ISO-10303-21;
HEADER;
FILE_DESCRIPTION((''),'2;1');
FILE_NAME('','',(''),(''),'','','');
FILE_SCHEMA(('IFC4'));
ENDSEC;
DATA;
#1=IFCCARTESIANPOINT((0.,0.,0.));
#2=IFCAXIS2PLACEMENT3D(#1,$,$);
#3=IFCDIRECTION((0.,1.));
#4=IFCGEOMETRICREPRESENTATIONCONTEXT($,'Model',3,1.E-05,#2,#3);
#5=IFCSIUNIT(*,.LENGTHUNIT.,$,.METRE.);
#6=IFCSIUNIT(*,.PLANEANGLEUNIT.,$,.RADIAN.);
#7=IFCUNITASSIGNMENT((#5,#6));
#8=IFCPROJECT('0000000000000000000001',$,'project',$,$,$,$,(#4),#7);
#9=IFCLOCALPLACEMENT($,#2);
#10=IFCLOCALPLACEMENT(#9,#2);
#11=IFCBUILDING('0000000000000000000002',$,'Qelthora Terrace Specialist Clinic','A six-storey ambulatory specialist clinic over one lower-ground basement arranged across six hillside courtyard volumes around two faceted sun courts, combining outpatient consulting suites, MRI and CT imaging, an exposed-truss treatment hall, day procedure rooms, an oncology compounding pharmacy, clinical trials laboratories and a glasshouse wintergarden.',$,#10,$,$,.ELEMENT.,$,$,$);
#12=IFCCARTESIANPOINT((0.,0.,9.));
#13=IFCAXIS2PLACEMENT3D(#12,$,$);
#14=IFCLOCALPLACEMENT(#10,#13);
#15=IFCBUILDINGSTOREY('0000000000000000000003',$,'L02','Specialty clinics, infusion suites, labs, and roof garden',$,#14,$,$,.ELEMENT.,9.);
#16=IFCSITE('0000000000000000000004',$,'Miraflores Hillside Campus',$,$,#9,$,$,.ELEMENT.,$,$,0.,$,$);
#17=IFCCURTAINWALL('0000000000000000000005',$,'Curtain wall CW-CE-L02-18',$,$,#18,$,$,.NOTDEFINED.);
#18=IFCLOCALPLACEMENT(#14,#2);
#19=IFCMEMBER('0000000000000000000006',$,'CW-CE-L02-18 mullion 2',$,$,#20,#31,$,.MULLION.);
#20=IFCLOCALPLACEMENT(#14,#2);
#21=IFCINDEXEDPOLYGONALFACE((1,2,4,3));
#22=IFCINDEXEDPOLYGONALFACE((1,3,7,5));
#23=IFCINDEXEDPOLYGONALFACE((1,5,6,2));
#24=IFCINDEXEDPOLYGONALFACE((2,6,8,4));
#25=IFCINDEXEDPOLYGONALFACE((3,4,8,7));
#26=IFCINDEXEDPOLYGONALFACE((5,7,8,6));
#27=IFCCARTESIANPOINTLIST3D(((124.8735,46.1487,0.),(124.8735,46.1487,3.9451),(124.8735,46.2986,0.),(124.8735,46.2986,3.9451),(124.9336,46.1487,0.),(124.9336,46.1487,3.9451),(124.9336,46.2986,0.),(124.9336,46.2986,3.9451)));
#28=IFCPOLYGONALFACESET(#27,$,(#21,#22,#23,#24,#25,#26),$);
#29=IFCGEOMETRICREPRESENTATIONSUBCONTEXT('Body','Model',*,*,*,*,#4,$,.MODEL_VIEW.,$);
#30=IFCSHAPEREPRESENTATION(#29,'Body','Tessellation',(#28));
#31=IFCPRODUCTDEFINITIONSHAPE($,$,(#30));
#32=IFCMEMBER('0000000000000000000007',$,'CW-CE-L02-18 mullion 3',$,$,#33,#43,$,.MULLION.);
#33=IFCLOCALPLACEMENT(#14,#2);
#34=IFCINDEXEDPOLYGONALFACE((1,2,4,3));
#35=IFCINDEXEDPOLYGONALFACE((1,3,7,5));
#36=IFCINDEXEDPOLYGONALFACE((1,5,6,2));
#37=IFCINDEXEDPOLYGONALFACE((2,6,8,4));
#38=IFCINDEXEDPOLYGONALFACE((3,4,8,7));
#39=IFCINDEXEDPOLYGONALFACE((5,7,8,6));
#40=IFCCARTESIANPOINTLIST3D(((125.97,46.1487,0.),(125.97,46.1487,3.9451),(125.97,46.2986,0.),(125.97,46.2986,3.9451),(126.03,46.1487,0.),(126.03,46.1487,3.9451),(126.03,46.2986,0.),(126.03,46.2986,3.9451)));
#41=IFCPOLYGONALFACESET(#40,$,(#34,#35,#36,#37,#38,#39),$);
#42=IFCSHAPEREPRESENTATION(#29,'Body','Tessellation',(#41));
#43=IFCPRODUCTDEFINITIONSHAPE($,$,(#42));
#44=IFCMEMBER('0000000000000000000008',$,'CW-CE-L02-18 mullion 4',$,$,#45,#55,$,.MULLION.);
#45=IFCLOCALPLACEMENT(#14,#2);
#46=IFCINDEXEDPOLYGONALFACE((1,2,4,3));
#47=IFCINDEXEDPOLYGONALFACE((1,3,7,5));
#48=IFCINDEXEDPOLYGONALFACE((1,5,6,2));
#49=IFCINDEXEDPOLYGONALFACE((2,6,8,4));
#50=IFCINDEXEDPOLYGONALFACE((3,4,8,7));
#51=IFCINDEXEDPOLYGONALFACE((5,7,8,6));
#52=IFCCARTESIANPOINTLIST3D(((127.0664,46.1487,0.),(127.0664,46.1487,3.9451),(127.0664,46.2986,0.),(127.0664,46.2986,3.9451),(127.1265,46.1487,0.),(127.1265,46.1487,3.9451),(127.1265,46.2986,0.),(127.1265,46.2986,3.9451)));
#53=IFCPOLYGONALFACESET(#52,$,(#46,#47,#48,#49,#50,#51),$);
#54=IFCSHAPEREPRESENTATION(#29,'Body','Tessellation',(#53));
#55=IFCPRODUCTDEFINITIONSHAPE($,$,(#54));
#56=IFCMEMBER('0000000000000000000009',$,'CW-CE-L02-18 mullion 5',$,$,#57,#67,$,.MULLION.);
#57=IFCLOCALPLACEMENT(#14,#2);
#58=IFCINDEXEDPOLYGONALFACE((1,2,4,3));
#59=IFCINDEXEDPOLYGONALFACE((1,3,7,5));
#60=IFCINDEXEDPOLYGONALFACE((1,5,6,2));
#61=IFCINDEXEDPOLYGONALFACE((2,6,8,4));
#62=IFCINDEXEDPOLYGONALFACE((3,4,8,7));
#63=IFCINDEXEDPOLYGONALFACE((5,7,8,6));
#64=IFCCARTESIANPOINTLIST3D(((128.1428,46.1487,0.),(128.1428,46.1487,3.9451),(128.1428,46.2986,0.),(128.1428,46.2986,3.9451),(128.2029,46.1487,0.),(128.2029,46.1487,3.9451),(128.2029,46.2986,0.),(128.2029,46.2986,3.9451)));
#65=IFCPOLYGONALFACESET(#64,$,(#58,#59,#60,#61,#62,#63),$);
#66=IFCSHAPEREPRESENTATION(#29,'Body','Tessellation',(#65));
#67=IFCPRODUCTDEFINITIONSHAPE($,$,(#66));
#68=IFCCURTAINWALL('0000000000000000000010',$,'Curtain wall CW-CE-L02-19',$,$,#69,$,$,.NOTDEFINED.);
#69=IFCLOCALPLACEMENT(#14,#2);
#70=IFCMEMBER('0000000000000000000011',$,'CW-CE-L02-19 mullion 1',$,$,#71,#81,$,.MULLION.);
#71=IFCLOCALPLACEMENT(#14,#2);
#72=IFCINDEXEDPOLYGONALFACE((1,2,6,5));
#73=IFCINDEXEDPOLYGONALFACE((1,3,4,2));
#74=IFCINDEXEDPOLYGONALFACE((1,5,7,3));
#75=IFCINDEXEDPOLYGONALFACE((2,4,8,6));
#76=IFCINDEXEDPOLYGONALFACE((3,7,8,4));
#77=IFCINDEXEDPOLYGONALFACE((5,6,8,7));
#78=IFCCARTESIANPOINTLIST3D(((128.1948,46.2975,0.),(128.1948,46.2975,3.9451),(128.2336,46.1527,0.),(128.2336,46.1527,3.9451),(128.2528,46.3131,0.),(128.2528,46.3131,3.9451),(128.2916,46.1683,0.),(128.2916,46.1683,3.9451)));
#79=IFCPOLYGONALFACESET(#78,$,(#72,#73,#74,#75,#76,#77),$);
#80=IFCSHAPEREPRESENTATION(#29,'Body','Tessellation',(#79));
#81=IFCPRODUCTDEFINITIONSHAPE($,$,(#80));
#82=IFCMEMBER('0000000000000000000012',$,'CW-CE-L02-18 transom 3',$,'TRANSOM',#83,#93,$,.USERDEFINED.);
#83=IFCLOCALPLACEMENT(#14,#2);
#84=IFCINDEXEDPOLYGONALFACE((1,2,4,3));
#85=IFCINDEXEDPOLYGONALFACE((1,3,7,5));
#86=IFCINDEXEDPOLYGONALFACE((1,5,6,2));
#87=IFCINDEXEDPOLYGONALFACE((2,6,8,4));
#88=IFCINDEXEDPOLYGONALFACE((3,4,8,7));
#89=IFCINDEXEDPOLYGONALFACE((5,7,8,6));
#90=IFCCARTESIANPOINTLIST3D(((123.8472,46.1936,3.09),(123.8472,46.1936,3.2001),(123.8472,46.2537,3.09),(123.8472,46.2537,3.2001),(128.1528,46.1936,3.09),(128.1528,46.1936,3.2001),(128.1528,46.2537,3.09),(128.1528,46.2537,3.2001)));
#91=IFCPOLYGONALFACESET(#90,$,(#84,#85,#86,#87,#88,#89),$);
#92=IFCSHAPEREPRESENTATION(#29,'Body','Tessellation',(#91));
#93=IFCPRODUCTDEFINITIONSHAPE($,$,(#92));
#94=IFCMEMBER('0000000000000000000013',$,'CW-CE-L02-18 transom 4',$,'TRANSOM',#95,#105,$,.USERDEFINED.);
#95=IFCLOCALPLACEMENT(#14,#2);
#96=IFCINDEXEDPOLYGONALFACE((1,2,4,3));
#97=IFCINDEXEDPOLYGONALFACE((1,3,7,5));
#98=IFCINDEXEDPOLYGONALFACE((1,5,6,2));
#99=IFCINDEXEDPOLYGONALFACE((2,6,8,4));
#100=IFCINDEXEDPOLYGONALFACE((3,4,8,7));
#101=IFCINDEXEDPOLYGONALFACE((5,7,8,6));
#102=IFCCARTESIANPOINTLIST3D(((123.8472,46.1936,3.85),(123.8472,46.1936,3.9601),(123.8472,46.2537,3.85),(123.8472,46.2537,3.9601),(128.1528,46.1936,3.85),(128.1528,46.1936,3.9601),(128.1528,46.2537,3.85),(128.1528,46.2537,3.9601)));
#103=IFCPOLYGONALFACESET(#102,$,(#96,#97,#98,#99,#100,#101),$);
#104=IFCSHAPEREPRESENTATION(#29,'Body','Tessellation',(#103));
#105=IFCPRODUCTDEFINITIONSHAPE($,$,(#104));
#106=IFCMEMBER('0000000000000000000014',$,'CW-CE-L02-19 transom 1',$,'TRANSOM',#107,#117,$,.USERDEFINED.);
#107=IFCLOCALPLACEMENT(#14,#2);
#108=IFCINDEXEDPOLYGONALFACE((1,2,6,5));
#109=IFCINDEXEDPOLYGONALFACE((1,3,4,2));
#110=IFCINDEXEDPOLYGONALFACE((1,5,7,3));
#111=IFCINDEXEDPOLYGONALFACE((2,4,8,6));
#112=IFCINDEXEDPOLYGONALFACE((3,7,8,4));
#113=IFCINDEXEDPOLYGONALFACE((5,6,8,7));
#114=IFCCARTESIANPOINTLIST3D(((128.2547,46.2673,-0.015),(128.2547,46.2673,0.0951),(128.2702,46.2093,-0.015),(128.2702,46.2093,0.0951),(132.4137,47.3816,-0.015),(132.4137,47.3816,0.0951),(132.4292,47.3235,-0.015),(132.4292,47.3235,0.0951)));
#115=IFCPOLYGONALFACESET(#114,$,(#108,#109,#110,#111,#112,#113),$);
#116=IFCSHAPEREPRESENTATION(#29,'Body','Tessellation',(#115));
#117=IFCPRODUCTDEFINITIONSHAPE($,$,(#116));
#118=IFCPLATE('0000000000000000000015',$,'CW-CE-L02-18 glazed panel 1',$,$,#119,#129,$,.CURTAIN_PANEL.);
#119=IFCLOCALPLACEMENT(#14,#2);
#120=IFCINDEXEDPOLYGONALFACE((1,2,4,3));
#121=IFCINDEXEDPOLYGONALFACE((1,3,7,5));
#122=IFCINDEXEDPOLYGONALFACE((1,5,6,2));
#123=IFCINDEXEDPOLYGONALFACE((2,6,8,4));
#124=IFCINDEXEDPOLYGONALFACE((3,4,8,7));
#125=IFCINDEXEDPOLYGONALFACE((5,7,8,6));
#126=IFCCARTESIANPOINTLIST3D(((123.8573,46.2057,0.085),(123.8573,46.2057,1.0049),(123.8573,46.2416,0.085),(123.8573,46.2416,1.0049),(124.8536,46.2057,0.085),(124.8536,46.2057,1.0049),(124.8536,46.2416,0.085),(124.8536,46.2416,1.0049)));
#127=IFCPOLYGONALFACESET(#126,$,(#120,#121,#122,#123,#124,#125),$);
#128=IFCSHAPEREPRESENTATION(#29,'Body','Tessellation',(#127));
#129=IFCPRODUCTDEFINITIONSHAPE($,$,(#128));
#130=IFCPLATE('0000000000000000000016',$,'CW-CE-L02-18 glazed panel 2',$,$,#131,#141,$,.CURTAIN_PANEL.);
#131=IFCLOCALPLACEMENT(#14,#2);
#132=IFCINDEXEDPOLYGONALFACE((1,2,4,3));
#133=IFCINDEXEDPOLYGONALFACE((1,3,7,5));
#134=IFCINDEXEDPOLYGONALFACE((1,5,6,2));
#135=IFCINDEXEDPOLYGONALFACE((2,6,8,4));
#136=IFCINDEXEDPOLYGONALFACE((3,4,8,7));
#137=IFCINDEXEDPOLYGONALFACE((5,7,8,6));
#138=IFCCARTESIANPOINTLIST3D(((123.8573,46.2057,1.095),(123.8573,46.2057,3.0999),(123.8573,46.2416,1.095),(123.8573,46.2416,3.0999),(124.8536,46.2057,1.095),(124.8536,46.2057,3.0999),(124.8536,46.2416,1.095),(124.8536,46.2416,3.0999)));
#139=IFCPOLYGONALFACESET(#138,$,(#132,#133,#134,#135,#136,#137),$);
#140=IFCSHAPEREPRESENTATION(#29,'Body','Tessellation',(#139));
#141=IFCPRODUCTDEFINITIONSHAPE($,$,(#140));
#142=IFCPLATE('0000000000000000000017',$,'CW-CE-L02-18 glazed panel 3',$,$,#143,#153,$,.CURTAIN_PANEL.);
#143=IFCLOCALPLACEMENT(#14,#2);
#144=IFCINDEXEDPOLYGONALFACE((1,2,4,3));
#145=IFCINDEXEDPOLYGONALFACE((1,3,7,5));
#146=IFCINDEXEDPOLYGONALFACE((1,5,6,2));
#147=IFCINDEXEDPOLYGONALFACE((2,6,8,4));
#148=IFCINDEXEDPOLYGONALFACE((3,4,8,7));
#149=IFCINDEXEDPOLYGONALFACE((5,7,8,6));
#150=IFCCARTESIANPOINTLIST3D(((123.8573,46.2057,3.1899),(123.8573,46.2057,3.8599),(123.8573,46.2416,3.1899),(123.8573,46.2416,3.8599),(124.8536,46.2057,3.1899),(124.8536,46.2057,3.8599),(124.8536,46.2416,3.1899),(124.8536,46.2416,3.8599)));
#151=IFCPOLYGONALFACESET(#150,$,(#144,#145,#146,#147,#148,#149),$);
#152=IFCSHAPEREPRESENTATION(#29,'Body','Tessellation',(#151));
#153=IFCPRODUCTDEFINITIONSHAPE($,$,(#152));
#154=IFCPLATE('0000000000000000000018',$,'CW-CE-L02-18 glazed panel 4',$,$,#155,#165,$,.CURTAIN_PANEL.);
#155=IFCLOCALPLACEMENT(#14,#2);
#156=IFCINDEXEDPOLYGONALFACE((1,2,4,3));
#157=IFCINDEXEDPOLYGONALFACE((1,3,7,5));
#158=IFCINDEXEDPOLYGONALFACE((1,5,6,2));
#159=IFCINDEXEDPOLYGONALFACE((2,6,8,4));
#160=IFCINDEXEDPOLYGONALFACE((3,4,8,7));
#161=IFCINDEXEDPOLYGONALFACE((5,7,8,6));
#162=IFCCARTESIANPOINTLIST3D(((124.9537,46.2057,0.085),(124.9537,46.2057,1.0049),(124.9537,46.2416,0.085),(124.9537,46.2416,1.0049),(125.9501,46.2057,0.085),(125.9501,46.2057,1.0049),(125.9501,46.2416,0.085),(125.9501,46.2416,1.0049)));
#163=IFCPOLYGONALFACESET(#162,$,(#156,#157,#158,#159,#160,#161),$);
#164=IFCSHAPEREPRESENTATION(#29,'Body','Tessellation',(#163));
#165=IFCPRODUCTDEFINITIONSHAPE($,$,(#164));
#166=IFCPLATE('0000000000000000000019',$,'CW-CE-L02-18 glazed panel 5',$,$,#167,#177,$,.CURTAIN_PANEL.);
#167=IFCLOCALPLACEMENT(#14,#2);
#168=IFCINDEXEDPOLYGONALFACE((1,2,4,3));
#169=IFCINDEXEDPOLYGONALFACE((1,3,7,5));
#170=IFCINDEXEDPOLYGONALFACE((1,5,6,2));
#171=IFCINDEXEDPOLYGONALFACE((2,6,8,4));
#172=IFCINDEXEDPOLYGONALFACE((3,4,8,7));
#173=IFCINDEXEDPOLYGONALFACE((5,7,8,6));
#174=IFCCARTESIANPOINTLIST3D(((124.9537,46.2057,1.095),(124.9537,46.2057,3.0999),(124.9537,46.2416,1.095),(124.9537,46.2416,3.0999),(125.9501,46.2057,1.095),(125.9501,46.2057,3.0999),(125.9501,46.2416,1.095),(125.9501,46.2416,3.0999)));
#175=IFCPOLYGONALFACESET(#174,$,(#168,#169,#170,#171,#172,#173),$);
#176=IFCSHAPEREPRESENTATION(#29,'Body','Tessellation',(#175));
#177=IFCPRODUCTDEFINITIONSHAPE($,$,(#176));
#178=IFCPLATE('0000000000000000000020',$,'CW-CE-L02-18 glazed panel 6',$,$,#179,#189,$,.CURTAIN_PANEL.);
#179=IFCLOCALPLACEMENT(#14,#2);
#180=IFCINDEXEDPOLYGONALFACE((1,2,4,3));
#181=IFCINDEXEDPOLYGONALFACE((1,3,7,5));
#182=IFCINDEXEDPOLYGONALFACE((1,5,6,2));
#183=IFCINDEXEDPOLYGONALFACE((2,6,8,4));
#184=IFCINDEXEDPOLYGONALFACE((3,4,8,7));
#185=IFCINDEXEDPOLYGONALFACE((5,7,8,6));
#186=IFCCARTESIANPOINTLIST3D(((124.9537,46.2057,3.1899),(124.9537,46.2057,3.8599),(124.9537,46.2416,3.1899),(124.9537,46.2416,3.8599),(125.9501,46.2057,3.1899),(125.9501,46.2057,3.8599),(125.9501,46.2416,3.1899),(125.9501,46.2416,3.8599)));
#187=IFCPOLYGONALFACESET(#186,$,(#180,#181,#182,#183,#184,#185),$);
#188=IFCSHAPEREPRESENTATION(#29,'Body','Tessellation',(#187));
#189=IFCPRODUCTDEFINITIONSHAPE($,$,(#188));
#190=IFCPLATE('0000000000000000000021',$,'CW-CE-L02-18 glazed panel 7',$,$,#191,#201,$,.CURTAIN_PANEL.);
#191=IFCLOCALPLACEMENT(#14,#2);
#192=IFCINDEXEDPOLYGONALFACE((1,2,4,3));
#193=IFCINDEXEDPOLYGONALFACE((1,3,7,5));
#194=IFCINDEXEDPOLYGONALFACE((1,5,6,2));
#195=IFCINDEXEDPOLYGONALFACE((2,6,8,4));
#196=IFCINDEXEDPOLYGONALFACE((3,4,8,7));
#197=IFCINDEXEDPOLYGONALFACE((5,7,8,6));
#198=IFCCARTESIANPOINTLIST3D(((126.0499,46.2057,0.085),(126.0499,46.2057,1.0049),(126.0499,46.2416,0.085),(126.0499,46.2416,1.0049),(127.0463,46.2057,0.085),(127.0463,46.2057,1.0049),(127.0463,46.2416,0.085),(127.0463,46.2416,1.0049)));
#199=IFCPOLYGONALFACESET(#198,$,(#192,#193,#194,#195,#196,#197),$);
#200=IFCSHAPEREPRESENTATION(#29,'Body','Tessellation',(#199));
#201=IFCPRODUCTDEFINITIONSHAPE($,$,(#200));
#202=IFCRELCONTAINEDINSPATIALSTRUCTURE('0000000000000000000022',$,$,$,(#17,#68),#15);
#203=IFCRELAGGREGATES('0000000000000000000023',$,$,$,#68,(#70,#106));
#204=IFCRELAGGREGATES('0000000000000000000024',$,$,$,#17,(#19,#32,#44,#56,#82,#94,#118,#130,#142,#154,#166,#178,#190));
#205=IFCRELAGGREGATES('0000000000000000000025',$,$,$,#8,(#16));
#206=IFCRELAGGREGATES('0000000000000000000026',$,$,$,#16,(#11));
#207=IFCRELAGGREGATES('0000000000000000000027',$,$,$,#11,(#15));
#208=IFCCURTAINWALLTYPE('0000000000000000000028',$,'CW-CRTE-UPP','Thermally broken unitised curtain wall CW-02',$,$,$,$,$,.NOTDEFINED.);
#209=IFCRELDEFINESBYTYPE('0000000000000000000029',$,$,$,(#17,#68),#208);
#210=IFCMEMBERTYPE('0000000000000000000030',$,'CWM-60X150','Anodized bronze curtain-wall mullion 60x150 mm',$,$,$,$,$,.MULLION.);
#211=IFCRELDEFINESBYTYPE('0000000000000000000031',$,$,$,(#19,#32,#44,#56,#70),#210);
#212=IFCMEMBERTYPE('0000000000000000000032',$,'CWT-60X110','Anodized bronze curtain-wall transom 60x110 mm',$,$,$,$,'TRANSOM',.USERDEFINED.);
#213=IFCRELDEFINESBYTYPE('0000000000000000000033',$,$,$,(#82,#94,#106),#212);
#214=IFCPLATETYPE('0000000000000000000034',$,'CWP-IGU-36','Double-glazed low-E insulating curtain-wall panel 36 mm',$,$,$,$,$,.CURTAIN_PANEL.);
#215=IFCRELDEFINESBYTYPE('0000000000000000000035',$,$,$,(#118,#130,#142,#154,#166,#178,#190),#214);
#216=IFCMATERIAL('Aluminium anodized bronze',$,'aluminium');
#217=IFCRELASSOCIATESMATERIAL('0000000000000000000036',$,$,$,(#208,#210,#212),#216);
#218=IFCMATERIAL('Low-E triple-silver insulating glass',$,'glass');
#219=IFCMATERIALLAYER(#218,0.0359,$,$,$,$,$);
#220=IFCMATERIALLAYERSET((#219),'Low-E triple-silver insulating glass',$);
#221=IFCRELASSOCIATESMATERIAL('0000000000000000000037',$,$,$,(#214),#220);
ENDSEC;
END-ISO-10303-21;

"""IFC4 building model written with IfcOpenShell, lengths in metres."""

from ifc_helpers import new_model, si_unit, direction, frame, origin, origin_2d, place, context, subcontext, project, spatial, rectangle, extrude, material, layer, layer_set, material_profile, profile_set, type_object, element, aggregate, save


model = new_model("IFC4")

# Units and contexts
model_context = context("Model", 3, precision=1e-05, world=origin(), true_north=direction((0.0, 1.0)))
body_context = subcontext(model_context, "Body", "Model", "MODEL_VIEW")
ifc_project = project(units=[si_unit("LENGTHUNIT", "METRE"), si_unit("PLANEANGLEUNIT", "RADIAN")], contexts=[model_context])

# Site, building, storey
site_placement = place(None, origin())
site = spatial("IfcSite", under=ifc_project, at=site_placement, Name="Miraflores Hillside Campus", CompositionType="ELEMENT", RefElevation=0.0)
building_placement = place(site_placement, origin())
building = spatial("IfcBuilding", under=site, at=building_placement, Name="Qelthora Terrace Specialist Clinic", Description="A six-storey ambulatory specialist clinic over one lower-ground basement arranged across six hillside courtyard volumes around two faceted sun courts, combining outpatient consulting suites, MRI and CT imaging, an exposed-truss treatment hall, day procedure rooms, an oncology compounding pharmacy, clinical trials laboratories and a glasshouse wintergarden.", CompositionType="ELEMENT")
storey_placement = place(building_placement, frame((0.0, 0.0, 9.0)))
storey = spatial("IfcBuildingStorey", under=building, at=storey_placement, Name="L02", Description="Specialty clinics, infusion suites, labs, and roof garden", CompositionType="ELEMENT", Elevation=9.0)

# Curtain wall, members
ifc_material_1 = material(Name="Aluminium anodized bronze", Category="aluminium")
curtain_wall_type = type_object("IfcCurtainWallType", Name="CW-CRTE-UPP", Description="Thermally broken unitised curtain wall CW-02", PredefinedType="NOTDEFINED", material=ifc_material_1)
curtain_wall_1_placement = place(storey_placement, origin())
curtain_wall_1 = element("IfcCurtainWall", 1, at=curtain_wall_1_placement, inside=storey, type_object=curtain_wall_type, Name="Curtain wall CW-CE-L02-18", PredefinedType="NOTDEFINED")
ifc_material_profile_1 = material_profile(ifc_material_1, rectangle(XDim=0.0601, YDim=0.1499, at=origin_2d()), Name="CWM60X150")
ifc_profile_set_1 = profile_set([ifc_material_profile_1], Name="Aluminium anodized bronze")
member_type_1 = type_object("IfcMemberType", Name="CWM-60X150", Description="Anodized bronze curtain-wall mullion 60x150 mm", PredefinedType="MULLION", material=ifc_profile_set_1)
member_1_placement = place(storey_placement, frame((124.9036, 46.2236, 0.0), z_axis=(0.0, 0.0, 1.0), x_axis=(1.0, 0.0, 0.0)))
member_1 = element("IfcMember", 2, at=member_1_placement, type_object=member_type_1, Name="CW-CE-L02-18 mullion 2", PredefinedType="MULLION", context=body_context, shape_type="SweptSolid", body=[
    extrude(rectangle(XDim=0.0601, YDim=0.1499, at=origin_2d()), origin(), (0.0, 0.0, 1.0), 3.9451),
])
member_2_placement = place(storey_placement, frame((126.0, 46.2236, 0.0), z_axis=(0.0, 0.0, 1.0), x_axis=(1.0, 0.0, 0.0)))
member_2 = element("IfcMember", 3, at=member_2_placement, type_object=member_type_1, Name="CW-CE-L02-18 mullion 3", PredefinedType="MULLION", context=body_context, shape_type="SweptSolid", body=[
    extrude(rectangle(XDim=0.0601, YDim=0.1499, at=origin_2d()), origin(), (0.0, 0.0, 1.0), 3.9451),
])
member_3_placement = place(storey_placement, frame((127.0964, 46.2236, 0.0), z_axis=(0.0, 0.0, 1.0), x_axis=(1.0, 0.0, 0.0)))
member_3 = element("IfcMember", 4, at=member_3_placement, type_object=member_type_1, Name="CW-CE-L02-18 mullion 4", PredefinedType="MULLION", context=body_context, shape_type="SweptSolid", body=[
    extrude(rectangle(XDim=0.0601, YDim=0.1499, at=origin_2d()), origin(), (0.0, 0.0, 1.0), 3.9451),
])
member_4_placement = place(storey_placement, frame((128.1729, 46.2236, 0.0), z_axis=(0.0, 0.0, 1.0), x_axis=(1.0, 0.0, 0.0)))
member_4 = element("IfcMember", 5, at=member_4_placement, type_object=member_type_1, Name="CW-CE-L02-18 mullion 5", PredefinedType="MULLION", context=body_context, shape_type="SweptSolid", body=[
    extrude(rectangle(XDim=0.0601, YDim=0.1499, at=origin_2d()), origin(), (0.0, 0.0, 1.0), 3.9451),
])

# Curtain wall, member
curtain_wall_2_placement = place(storey_placement, origin())
curtain_wall_2 = element("IfcCurtainWall", 6, at=curtain_wall_2_placement, inside=storey, type_object=curtain_wall_type, Name="Curtain wall CW-CE-L02-19", PredefinedType="NOTDEFINED")
member_5_placement = place(storey_placement, frame((128.2432, 46.2329, 0.0), z_axis=(0.0, 0.0, 1.0), x_axis=(0.965926, 0.25882, 0.0)))
member_5 = element("IfcMember", 7, at=member_5_placement, type_object=member_type_1, Name="CW-CE-L02-19 mullion 1", PredefinedType="MULLION", context=body_context, shape_type="SweptSolid", body=[
    extrude(rectangle(XDim=0.0601, YDim=0.1499, at=origin_2d()), origin(), (0.0, 0.0, 1.0), 3.9451),
])

# Members
ifc_material_profile_2 = material_profile(ifc_material_1, rectangle(XDim=0.0601, YDim=0.1101, at=origin_2d()), Name="CWT60X110")
ifc_profile_set_2 = profile_set([ifc_material_profile_2], Name="Aluminium anodized bronze")
member_type_2 = type_object("IfcMemberType", Name="CWT-60X110", Description="Anodized bronze curtain-wall transom 60x110 mm", ElementType="TRANSOM", PredefinedType="USERDEFINED", material=ifc_profile_set_2)
member_6_placement = place(storey_placement, frame((123.8472, 46.2236, 3.145), z_axis=(1.0, 0.0, 0.0), x_axis=(0.0, 1.0, 0.0)))
member_6 = element("IfcMember", 8, at=member_6_placement, type_object=member_type_2, Name="CW-CE-L02-18 transom 3", ObjectType="TRANSOM", PredefinedType="USERDEFINED", context=body_context, shape_type="SweptSolid", body=[
    extrude(rectangle(XDim=0.0601, YDim=0.1101, at=origin_2d()), origin(), (0.0, 0.0, 1.0), 4.3057),
])
member_7_placement = place(storey_placement, frame((123.8472, 46.2236, 3.905), z_axis=(1.0, 0.0, 0.0), x_axis=(0.0, 1.0, 0.0)))
member_7 = element("IfcMember", 9, at=member_7_placement, type_object=member_type_2, Name="CW-CE-L02-18 transom 4", ObjectType="TRANSOM", PredefinedType="USERDEFINED", context=body_context, shape_type="SweptSolid", body=[
    extrude(rectangle(XDim=0.0601, YDim=0.1101, at=origin_2d()), origin(), (0.0, 0.0, 1.0), 4.3057),
])
member_8_placement = place(storey_placement, frame((128.2625, 46.2383, 0.04), z_axis=(0.965933, 0.258792, 0.0), x_axis=(-0.258792, 0.965933, 0.0)))
member_8 = element("IfcMember", 10, at=member_8_placement, type_object=member_type_2, Name="CW-CE-L02-19 transom 1", ObjectType="TRANSOM", PredefinedType="USERDEFINED", context=body_context, shape_type="SweptSolid", body=[
    extrude(rectangle(XDim=0.0601, YDim=0.1101, at=origin_2d()), origin(), (0.0, 0.0, 1.0), 4.3057),
])
aggregate(curtain_wall_2, [member_5, member_8])

# Plates
ifc_material_2 = material(Name="Low-E triple-silver insulating glass", Category="glass")
ifc_layer_1 = layer(ifc_material_2, 0.0359)
ifc_layer_set_1 = layer_set([ifc_layer_1], Name="Low-E triple-silver insulating glass")
plate_type = type_object("IfcPlateType", Name="CWP-IGU-36", Description="Double-glazed low-E insulating curtain-wall panel 36 mm", PredefinedType="CURTAIN_PANEL", material=ifc_layer_set_1)
plate_1_placement = place(storey_placement, frame((124.3555, 46.2236, 0.085), z_axis=(0.0, 0.0, 1.0), x_axis=(1.0, 0.0, 0.0)))
plate_1 = element("IfcPlate", 11, at=plate_1_placement, type_object=plate_type, Name="CW-CE-L02-18 glazed panel 1", PredefinedType="CURTAIN_PANEL", context=body_context, shape_type="SweptSolid", body=[
    extrude(rectangle(XDim=0.9963, YDim=0.0359, at=origin_2d()), origin(), (0.0, 0.0, 1.0), 0.9199),
])
plate_2_placement = place(storey_placement, frame((124.3555, 46.2236, 1.095), z_axis=(0.0, 0.0, 1.0), x_axis=(1.0, 0.0, 0.0)))
plate_2 = element("IfcPlate", 12, at=plate_2_placement, type_object=plate_type, Name="CW-CE-L02-18 glazed panel 2", PredefinedType="CURTAIN_PANEL", context=body_context, shape_type="SweptSolid", body=[
    extrude(rectangle(XDim=0.9963, YDim=0.0359, at=origin_2d()), origin(), (0.0, 0.0, 1.0), 2.0049),
])
plate_3_placement = place(storey_placement, frame((124.3555, 46.2236, 3.1899), z_axis=(0.0, 0.0, 1.0), x_axis=(1.0, 0.0, 0.0)))
plate_3 = element("IfcPlate", 13, at=plate_3_placement, type_object=plate_type, Name="CW-CE-L02-18 glazed panel 3", PredefinedType="CURTAIN_PANEL", context=body_context, shape_type="SweptSolid", body=[
    extrude(rectangle(XDim=0.9963, YDim=0.0359, at=origin_2d()), origin(), (0.0, 0.0, 1.0), 0.6699),
])
plate_4_placement = place(storey_placement, frame((125.4519, 46.2236, 0.085), z_axis=(0.0, 0.0, 1.0), x_axis=(1.0, 0.0, 0.0)))
plate_4 = element("IfcPlate", 14, at=plate_4_placement, type_object=plate_type, Name="CW-CE-L02-18 glazed panel 4", PredefinedType="CURTAIN_PANEL", context=body_context, shape_type="SweptSolid", body=[
    extrude(rectangle(XDim=0.9963, YDim=0.0359, at=origin_2d()), origin(), (0.0, 0.0, 1.0), 0.9199),
])
plate_5_placement = place(storey_placement, frame((125.4519, 46.2236, 1.095), z_axis=(0.0, 0.0, 1.0), x_axis=(1.0, 0.0, 0.0)))
plate_5 = element("IfcPlate", 15, at=plate_5_placement, type_object=plate_type, Name="CW-CE-L02-18 glazed panel 5", PredefinedType="CURTAIN_PANEL", context=body_context, shape_type="SweptSolid", body=[
    extrude(rectangle(XDim=0.9963, YDim=0.0359, at=origin_2d()), origin(), (0.0, 0.0, 1.0), 2.0049),
])
plate_6_placement = place(storey_placement, frame((125.4519, 46.2236, 3.1899), z_axis=(0.0, 0.0, 1.0), x_axis=(1.0, 0.0, 0.0)))
plate_6 = element("IfcPlate", 16, at=plate_6_placement, type_object=plate_type, Name="CW-CE-L02-18 glazed panel 6", PredefinedType="CURTAIN_PANEL", context=body_context, shape_type="SweptSolid", body=[
    extrude(rectangle(XDim=0.9963, YDim=0.0359, at=origin_2d()), origin(), (0.0, 0.0, 1.0), 0.6699),
])
plate_7_placement = place(storey_placement, frame((126.5481, 46.2236, 0.085), z_axis=(0.0, 0.0, 1.0), x_axis=(1.0, 0.0, 0.0)))
plate_7 = element("IfcPlate", 17, at=plate_7_placement, type_object=plate_type, Name="CW-CE-L02-18 glazed panel 7", PredefinedType="CURTAIN_PANEL", context=body_context, shape_type="SweptSolid", body=[
    extrude(rectangle(XDim=0.9963, YDim=0.0359, at=origin_2d()), origin(), (0.0, 0.0, 1.0), 0.9199),
])
aggregate(curtain_wall_1, [member_1, member_2, member_3, member_4, member_6, member_7, plate_1, plate_2, plate_3, plate_4, plate_5, plate_6, plate_7])

save(model, "model.ifc")
